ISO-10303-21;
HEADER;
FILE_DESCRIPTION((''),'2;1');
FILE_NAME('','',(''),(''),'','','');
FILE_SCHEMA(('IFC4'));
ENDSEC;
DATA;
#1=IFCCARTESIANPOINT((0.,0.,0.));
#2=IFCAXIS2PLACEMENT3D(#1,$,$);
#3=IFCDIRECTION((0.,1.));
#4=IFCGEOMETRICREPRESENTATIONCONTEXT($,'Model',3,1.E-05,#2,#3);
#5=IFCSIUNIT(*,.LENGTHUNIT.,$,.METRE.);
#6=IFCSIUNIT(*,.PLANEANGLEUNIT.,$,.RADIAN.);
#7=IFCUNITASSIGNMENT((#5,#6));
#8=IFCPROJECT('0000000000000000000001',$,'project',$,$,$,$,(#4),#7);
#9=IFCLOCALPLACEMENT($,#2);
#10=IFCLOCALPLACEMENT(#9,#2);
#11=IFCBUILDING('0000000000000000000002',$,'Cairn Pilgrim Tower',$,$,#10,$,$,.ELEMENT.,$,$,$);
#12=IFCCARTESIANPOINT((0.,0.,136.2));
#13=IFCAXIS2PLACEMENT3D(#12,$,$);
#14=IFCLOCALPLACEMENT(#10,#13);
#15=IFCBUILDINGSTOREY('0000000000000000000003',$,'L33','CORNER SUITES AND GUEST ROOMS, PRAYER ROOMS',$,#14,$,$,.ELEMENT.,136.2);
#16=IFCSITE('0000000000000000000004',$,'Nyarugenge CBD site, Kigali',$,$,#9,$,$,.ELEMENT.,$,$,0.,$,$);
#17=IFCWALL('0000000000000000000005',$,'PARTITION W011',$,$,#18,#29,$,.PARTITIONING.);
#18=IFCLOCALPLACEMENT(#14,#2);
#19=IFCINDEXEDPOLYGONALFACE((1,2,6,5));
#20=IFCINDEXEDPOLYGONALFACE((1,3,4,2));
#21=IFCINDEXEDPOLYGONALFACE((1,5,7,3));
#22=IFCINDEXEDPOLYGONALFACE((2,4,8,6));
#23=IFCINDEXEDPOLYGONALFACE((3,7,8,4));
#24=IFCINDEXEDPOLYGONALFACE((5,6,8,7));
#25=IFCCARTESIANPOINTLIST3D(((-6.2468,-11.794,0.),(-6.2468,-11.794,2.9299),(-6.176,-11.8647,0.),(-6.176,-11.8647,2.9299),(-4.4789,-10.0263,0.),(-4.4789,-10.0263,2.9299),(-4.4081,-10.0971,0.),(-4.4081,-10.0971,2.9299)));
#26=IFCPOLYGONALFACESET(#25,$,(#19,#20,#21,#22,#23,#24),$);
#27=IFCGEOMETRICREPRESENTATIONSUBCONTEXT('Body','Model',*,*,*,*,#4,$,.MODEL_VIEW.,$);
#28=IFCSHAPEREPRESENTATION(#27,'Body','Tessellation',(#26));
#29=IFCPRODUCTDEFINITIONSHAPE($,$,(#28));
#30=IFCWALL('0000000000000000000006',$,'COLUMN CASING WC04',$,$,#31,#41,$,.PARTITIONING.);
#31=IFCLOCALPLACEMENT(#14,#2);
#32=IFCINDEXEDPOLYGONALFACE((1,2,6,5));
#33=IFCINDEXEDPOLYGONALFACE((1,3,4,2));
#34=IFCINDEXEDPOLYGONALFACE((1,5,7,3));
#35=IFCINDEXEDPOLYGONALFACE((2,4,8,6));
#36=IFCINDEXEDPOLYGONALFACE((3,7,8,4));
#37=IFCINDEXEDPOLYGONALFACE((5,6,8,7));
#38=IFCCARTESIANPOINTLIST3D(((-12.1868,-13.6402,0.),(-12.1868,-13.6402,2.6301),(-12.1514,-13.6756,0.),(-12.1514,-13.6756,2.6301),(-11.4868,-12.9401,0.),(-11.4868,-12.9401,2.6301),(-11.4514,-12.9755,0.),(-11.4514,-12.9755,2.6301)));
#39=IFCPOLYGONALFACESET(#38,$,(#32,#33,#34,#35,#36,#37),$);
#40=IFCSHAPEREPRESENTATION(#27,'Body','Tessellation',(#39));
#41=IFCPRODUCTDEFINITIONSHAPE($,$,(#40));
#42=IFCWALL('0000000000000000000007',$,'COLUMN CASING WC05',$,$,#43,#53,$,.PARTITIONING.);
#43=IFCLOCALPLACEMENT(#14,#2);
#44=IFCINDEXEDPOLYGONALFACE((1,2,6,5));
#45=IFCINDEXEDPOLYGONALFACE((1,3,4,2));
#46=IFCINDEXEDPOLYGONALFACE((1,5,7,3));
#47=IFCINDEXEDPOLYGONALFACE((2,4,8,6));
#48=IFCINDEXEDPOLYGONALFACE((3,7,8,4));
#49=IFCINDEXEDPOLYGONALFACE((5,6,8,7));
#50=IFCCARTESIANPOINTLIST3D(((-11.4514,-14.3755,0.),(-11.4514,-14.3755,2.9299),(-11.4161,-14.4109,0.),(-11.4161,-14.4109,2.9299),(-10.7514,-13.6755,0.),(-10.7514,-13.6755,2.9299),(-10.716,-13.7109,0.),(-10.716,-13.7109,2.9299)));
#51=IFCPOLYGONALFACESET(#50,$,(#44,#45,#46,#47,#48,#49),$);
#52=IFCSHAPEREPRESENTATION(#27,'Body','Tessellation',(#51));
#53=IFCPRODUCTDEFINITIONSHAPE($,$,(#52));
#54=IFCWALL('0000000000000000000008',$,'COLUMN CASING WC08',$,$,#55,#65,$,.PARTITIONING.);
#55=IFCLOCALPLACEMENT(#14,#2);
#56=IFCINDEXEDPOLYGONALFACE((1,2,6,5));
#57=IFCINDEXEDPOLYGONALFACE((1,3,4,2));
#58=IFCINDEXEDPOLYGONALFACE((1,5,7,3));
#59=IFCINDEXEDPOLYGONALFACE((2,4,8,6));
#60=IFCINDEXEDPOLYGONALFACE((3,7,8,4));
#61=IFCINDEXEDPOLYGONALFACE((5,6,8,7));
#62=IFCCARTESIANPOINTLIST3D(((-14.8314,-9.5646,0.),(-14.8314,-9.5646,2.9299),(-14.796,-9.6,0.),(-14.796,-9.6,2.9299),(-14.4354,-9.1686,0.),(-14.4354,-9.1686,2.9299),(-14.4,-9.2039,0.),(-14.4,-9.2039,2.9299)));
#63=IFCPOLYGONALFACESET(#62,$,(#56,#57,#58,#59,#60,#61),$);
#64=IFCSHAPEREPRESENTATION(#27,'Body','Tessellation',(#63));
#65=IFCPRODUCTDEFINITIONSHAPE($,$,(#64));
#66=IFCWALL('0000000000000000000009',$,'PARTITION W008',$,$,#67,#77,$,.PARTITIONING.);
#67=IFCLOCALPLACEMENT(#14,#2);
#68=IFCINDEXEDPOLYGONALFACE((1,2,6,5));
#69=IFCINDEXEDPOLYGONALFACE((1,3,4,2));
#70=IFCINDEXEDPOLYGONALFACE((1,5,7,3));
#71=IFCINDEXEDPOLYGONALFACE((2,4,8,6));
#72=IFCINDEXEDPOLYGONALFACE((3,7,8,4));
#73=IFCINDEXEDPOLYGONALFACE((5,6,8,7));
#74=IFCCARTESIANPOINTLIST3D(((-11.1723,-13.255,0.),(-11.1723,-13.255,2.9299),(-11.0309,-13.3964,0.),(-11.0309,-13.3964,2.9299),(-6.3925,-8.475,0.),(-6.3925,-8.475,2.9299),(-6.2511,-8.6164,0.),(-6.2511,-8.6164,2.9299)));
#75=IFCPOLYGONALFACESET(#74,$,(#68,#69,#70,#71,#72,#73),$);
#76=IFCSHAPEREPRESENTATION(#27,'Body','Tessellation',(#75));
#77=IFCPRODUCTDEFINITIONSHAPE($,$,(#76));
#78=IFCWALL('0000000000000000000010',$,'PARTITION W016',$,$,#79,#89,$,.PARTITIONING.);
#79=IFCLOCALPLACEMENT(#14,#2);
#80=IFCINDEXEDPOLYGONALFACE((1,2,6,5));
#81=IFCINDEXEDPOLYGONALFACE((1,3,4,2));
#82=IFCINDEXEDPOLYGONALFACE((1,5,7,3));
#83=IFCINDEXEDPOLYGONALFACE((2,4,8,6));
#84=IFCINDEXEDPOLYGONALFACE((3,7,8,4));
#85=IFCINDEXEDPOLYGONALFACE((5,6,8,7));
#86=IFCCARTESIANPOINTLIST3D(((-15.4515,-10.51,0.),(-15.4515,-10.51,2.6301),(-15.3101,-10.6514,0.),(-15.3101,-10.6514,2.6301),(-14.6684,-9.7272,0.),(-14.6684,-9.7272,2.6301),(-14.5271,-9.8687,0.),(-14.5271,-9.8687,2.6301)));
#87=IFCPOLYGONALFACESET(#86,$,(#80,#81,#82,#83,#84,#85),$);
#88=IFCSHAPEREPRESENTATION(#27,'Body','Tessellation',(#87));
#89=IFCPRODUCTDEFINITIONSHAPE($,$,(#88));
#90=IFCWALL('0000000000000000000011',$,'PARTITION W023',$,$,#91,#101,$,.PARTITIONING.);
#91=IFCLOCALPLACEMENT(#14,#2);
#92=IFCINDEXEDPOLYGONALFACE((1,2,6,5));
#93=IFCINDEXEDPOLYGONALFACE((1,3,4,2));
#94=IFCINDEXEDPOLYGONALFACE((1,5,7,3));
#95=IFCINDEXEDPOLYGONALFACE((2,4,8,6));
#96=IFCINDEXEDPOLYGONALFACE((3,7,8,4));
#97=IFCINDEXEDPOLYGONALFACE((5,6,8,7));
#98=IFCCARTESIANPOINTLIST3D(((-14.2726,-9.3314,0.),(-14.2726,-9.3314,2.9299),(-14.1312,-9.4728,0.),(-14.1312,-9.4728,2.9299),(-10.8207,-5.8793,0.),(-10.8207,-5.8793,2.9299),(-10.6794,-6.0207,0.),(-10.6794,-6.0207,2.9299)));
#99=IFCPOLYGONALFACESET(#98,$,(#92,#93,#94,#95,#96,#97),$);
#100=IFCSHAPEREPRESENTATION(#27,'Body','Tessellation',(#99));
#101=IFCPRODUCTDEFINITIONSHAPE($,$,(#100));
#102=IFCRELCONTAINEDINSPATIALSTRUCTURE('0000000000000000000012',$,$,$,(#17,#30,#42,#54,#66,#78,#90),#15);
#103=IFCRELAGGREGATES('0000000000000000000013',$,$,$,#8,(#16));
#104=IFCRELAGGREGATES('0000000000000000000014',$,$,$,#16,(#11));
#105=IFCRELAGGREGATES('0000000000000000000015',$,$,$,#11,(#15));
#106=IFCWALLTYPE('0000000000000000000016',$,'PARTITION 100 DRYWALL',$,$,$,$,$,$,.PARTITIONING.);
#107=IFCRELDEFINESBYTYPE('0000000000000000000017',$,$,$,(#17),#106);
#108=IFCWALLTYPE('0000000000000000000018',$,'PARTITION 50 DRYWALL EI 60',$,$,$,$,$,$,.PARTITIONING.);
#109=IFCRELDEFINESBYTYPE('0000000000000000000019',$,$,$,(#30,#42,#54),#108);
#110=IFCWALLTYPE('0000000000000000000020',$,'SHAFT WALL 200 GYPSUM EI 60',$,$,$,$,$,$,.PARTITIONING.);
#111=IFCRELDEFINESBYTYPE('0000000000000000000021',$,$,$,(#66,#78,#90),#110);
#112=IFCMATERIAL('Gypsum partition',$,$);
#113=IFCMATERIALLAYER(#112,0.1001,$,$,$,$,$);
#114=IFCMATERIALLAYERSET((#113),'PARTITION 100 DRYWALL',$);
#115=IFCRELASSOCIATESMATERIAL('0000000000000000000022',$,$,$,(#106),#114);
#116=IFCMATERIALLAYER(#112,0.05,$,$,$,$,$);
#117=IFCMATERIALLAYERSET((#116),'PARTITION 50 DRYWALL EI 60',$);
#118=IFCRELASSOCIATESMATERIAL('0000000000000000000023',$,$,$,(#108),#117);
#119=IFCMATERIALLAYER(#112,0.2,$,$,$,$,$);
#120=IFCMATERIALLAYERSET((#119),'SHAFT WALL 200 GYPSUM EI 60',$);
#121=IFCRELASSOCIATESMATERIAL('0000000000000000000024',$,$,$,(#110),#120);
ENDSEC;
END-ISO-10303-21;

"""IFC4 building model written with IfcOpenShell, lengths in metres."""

from ifc_helpers import new_model, si_unit, direction, frame, frame_2d, origin, place, context, subcontext, project, spatial, rectangle, extrude, material, layer, layer_set, type_object, element, save


model = new_model("IFC4")

# Units and contexts
model_context = context("Model", 3, precision=1e-05, world=origin(), true_north=direction((0.0, 1.0)))
body_context = subcontext(model_context, "Body", "Model", "MODEL_VIEW")
ifc_project = project(units=[si_unit("LENGTHUNIT", "METRE"), si_unit("PLANEANGLEUNIT", "RADIAN")], contexts=[model_context])

# Site, building, storey
site_placement = place(None, origin())
site = spatial("IfcSite", under=ifc_project, at=site_placement, Name="Nyarugenge CBD site, Kigali", CompositionType="ELEMENT", RefElevation=0.0)
building_placement = place(site_placement, origin())
building = spatial("IfcBuilding", under=site, at=building_placement, Name="Cairn Pilgrim Tower", CompositionType="ELEMENT")
storey_placement = place(building_placement, frame((0.0, 0.0, 136.2)))
storey = spatial("IfcBuildingStorey", under=building, at=storey_placement, Name="L33", Description="CORNER SUITES AND GUEST ROOMS, PRAYER ROOMS", CompositionType="ELEMENT", Elevation=136.2)

# Shared definitions
ifc_material_1 = material(Name="Gypsum partition")
ifc_layer_1 = layer(ifc_material_1, 0.1001)
ifc_layer_set_1 = layer_set([ifc_layer_1], Name="PARTITION 100 DRYWALL")
wall_type_1 = type_object("IfcWallType", Name="PARTITION 100 DRYWALL", PredefinedType="PARTITIONING", material=ifc_layer_set_1)

# Walls
wall_1_placement = place(storey_placement, frame((-6.2114, -11.8293, 0.0), z_axis=(0.0, 0.0, 1.0), x_axis=(0.707156, 0.707058, 0.0)))
element("IfcWall", 1, at=wall_1_placement, inside=storey, type_object=wall_type_1, Name="PARTITION W011", PredefinedType="PARTITIONING", context=body_context, shape_type="SweptSolid", body=[
    extrude(rectangle(XDim=2.5, YDim=0.1001, at=frame_2d((1.25, 0.0))), origin(), (0.0, 0.0, 1.0), 2.9299),
])
ifc_layer_2 = layer(ifc_material_1, 0.05)
ifc_layer_set_2 = layer_set([ifc_layer_2], Name="PARTITION 50 DRYWALL EI 60")
wall_type_2 = type_object("IfcWallType", Name="PARTITION 50 DRYWALL EI 60", PredefinedType="PARTITIONING", material=ifc_layer_set_2)
wall_2_placement = place(storey_placement, frame((-12.1692, -13.658, 0.0), z_axis=(0.0, 0.0, 1.0), x_axis=(0.707107, 0.707107, 0.0)))
element("IfcWall", 2, at=wall_2_placement, inside=storey, type_object=wall_type_2, Name="COLUMN CASING WC04", PredefinedType="PARTITIONING", context=body_context, shape_type="SweptSolid", body=[
    extrude(rectangle(XDim=0.99, YDim=0.05, at=frame_2d((0.4951, 0.0))), origin(), (0.0, 0.0, 1.0), 2.6301),
])
wall_3_placement = place(storey_placement, frame((-11.4338, -14.3933, 0.0), z_axis=(0.0, 0.0, 1.0), x_axis=(0.707107, 0.707107, 0.0)))
element("IfcWall", 3, at=wall_3_placement, inside=storey, type_object=wall_type_2, Name="COLUMN CASING WC05", PredefinedType="PARTITIONING", context=body_context, shape_type="SweptSolid", body=[
    extrude(rectangle(XDim=0.99, YDim=0.05, at=frame_2d((0.4951, 0.0))), origin(), (0.0, 0.0, 1.0), 2.9299),
])
wall_4_placement = place(storey_placement, frame((-14.8137, -9.5823, 0.0), z_axis=(0.0, 0.0, 1.0), x_axis=(0.707107, 0.707107, 0.0)))
element("IfcWall", 4, at=wall_4_placement, inside=storey, type_object=wall_type_2, Name="COLUMN CASING WC08", PredefinedType="PARTITIONING", context=body_context, shape_type="SweptSolid", body=[
    extrude(rectangle(XDim=0.5601, YDim=0.05, at=frame_2d((0.28, 0.0))), origin(), (0.0, 0.0, 1.0), 2.9299),
])
ifc_layer_3 = layer(ifc_material_1, 0.2)
ifc_layer_set_3 = layer_set([ifc_layer_3], Name="SHAFT WALL 200 GYPSUM EI 60")
wall_type_3 = type_object("IfcWallType", Name="SHAFT WALL 200 GYPSUM EI 60", PredefinedType="PARTITIONING", material=ifc_layer_set_3)
wall_5_placement = place(storey_placement, frame((-11.1016, -13.3257, 0.0), z_axis=(0.0, 0.0, 1.0), x_axis=(0.707089, 0.707125, 0.0)))
element("IfcWall", 5, at=wall_5_placement, inside=storey, type_object=wall_type_3, Name="PARTITION W008", PredefinedType="PARTITIONING", context=body_context, shape_type="SweptSolid", body=[
    extrude(rectangle(XDim=6.7598, YDim=0.2, at=frame_2d((3.3799, 0.0))), origin(), (0.0, 0.0, 1.0), 2.9299),
])
wall_6_placement = place(storey_placement, frame((-15.3809, -10.5808, 0.0), z_axis=(0.0, 0.0, 1.0), x_axis=(0.707217, 0.706997, 0.0)))
element("IfcWall", 6, at=wall_6_placement, inside=storey, type_object=wall_type_3, Name="PARTITION W016", PredefinedType="PARTITIONING", context=body_context, shape_type="SweptSolid", body=[
    extrude(rectangle(XDim=1.1072, YDim=0.2, at=frame_2d((0.5537, 0.0))), origin(), (0.0, 0.0, 1.0), 2.6301),
])
wall_7_placement = place(storey_placement, frame((-14.2019, -9.4021, 0.0), z_axis=(0.0, 0.0, 1.0), x_axis=(0.707082, 0.707132, 0.0)))
element("IfcWall", 7, at=wall_7_placement, inside=storey, type_object=wall_type_3, Name="PARTITION W023", PredefinedType="PARTITIONING", context=body_context, shape_type="SweptSolid", body=[
    extrude(rectangle(XDim=4.8818, YDim=0.2, at=frame_2d((2.4409, 0.0))), origin(), (0.0, 0.0, 1.0), 2.9299),
])

save(model, "model.ifc")
